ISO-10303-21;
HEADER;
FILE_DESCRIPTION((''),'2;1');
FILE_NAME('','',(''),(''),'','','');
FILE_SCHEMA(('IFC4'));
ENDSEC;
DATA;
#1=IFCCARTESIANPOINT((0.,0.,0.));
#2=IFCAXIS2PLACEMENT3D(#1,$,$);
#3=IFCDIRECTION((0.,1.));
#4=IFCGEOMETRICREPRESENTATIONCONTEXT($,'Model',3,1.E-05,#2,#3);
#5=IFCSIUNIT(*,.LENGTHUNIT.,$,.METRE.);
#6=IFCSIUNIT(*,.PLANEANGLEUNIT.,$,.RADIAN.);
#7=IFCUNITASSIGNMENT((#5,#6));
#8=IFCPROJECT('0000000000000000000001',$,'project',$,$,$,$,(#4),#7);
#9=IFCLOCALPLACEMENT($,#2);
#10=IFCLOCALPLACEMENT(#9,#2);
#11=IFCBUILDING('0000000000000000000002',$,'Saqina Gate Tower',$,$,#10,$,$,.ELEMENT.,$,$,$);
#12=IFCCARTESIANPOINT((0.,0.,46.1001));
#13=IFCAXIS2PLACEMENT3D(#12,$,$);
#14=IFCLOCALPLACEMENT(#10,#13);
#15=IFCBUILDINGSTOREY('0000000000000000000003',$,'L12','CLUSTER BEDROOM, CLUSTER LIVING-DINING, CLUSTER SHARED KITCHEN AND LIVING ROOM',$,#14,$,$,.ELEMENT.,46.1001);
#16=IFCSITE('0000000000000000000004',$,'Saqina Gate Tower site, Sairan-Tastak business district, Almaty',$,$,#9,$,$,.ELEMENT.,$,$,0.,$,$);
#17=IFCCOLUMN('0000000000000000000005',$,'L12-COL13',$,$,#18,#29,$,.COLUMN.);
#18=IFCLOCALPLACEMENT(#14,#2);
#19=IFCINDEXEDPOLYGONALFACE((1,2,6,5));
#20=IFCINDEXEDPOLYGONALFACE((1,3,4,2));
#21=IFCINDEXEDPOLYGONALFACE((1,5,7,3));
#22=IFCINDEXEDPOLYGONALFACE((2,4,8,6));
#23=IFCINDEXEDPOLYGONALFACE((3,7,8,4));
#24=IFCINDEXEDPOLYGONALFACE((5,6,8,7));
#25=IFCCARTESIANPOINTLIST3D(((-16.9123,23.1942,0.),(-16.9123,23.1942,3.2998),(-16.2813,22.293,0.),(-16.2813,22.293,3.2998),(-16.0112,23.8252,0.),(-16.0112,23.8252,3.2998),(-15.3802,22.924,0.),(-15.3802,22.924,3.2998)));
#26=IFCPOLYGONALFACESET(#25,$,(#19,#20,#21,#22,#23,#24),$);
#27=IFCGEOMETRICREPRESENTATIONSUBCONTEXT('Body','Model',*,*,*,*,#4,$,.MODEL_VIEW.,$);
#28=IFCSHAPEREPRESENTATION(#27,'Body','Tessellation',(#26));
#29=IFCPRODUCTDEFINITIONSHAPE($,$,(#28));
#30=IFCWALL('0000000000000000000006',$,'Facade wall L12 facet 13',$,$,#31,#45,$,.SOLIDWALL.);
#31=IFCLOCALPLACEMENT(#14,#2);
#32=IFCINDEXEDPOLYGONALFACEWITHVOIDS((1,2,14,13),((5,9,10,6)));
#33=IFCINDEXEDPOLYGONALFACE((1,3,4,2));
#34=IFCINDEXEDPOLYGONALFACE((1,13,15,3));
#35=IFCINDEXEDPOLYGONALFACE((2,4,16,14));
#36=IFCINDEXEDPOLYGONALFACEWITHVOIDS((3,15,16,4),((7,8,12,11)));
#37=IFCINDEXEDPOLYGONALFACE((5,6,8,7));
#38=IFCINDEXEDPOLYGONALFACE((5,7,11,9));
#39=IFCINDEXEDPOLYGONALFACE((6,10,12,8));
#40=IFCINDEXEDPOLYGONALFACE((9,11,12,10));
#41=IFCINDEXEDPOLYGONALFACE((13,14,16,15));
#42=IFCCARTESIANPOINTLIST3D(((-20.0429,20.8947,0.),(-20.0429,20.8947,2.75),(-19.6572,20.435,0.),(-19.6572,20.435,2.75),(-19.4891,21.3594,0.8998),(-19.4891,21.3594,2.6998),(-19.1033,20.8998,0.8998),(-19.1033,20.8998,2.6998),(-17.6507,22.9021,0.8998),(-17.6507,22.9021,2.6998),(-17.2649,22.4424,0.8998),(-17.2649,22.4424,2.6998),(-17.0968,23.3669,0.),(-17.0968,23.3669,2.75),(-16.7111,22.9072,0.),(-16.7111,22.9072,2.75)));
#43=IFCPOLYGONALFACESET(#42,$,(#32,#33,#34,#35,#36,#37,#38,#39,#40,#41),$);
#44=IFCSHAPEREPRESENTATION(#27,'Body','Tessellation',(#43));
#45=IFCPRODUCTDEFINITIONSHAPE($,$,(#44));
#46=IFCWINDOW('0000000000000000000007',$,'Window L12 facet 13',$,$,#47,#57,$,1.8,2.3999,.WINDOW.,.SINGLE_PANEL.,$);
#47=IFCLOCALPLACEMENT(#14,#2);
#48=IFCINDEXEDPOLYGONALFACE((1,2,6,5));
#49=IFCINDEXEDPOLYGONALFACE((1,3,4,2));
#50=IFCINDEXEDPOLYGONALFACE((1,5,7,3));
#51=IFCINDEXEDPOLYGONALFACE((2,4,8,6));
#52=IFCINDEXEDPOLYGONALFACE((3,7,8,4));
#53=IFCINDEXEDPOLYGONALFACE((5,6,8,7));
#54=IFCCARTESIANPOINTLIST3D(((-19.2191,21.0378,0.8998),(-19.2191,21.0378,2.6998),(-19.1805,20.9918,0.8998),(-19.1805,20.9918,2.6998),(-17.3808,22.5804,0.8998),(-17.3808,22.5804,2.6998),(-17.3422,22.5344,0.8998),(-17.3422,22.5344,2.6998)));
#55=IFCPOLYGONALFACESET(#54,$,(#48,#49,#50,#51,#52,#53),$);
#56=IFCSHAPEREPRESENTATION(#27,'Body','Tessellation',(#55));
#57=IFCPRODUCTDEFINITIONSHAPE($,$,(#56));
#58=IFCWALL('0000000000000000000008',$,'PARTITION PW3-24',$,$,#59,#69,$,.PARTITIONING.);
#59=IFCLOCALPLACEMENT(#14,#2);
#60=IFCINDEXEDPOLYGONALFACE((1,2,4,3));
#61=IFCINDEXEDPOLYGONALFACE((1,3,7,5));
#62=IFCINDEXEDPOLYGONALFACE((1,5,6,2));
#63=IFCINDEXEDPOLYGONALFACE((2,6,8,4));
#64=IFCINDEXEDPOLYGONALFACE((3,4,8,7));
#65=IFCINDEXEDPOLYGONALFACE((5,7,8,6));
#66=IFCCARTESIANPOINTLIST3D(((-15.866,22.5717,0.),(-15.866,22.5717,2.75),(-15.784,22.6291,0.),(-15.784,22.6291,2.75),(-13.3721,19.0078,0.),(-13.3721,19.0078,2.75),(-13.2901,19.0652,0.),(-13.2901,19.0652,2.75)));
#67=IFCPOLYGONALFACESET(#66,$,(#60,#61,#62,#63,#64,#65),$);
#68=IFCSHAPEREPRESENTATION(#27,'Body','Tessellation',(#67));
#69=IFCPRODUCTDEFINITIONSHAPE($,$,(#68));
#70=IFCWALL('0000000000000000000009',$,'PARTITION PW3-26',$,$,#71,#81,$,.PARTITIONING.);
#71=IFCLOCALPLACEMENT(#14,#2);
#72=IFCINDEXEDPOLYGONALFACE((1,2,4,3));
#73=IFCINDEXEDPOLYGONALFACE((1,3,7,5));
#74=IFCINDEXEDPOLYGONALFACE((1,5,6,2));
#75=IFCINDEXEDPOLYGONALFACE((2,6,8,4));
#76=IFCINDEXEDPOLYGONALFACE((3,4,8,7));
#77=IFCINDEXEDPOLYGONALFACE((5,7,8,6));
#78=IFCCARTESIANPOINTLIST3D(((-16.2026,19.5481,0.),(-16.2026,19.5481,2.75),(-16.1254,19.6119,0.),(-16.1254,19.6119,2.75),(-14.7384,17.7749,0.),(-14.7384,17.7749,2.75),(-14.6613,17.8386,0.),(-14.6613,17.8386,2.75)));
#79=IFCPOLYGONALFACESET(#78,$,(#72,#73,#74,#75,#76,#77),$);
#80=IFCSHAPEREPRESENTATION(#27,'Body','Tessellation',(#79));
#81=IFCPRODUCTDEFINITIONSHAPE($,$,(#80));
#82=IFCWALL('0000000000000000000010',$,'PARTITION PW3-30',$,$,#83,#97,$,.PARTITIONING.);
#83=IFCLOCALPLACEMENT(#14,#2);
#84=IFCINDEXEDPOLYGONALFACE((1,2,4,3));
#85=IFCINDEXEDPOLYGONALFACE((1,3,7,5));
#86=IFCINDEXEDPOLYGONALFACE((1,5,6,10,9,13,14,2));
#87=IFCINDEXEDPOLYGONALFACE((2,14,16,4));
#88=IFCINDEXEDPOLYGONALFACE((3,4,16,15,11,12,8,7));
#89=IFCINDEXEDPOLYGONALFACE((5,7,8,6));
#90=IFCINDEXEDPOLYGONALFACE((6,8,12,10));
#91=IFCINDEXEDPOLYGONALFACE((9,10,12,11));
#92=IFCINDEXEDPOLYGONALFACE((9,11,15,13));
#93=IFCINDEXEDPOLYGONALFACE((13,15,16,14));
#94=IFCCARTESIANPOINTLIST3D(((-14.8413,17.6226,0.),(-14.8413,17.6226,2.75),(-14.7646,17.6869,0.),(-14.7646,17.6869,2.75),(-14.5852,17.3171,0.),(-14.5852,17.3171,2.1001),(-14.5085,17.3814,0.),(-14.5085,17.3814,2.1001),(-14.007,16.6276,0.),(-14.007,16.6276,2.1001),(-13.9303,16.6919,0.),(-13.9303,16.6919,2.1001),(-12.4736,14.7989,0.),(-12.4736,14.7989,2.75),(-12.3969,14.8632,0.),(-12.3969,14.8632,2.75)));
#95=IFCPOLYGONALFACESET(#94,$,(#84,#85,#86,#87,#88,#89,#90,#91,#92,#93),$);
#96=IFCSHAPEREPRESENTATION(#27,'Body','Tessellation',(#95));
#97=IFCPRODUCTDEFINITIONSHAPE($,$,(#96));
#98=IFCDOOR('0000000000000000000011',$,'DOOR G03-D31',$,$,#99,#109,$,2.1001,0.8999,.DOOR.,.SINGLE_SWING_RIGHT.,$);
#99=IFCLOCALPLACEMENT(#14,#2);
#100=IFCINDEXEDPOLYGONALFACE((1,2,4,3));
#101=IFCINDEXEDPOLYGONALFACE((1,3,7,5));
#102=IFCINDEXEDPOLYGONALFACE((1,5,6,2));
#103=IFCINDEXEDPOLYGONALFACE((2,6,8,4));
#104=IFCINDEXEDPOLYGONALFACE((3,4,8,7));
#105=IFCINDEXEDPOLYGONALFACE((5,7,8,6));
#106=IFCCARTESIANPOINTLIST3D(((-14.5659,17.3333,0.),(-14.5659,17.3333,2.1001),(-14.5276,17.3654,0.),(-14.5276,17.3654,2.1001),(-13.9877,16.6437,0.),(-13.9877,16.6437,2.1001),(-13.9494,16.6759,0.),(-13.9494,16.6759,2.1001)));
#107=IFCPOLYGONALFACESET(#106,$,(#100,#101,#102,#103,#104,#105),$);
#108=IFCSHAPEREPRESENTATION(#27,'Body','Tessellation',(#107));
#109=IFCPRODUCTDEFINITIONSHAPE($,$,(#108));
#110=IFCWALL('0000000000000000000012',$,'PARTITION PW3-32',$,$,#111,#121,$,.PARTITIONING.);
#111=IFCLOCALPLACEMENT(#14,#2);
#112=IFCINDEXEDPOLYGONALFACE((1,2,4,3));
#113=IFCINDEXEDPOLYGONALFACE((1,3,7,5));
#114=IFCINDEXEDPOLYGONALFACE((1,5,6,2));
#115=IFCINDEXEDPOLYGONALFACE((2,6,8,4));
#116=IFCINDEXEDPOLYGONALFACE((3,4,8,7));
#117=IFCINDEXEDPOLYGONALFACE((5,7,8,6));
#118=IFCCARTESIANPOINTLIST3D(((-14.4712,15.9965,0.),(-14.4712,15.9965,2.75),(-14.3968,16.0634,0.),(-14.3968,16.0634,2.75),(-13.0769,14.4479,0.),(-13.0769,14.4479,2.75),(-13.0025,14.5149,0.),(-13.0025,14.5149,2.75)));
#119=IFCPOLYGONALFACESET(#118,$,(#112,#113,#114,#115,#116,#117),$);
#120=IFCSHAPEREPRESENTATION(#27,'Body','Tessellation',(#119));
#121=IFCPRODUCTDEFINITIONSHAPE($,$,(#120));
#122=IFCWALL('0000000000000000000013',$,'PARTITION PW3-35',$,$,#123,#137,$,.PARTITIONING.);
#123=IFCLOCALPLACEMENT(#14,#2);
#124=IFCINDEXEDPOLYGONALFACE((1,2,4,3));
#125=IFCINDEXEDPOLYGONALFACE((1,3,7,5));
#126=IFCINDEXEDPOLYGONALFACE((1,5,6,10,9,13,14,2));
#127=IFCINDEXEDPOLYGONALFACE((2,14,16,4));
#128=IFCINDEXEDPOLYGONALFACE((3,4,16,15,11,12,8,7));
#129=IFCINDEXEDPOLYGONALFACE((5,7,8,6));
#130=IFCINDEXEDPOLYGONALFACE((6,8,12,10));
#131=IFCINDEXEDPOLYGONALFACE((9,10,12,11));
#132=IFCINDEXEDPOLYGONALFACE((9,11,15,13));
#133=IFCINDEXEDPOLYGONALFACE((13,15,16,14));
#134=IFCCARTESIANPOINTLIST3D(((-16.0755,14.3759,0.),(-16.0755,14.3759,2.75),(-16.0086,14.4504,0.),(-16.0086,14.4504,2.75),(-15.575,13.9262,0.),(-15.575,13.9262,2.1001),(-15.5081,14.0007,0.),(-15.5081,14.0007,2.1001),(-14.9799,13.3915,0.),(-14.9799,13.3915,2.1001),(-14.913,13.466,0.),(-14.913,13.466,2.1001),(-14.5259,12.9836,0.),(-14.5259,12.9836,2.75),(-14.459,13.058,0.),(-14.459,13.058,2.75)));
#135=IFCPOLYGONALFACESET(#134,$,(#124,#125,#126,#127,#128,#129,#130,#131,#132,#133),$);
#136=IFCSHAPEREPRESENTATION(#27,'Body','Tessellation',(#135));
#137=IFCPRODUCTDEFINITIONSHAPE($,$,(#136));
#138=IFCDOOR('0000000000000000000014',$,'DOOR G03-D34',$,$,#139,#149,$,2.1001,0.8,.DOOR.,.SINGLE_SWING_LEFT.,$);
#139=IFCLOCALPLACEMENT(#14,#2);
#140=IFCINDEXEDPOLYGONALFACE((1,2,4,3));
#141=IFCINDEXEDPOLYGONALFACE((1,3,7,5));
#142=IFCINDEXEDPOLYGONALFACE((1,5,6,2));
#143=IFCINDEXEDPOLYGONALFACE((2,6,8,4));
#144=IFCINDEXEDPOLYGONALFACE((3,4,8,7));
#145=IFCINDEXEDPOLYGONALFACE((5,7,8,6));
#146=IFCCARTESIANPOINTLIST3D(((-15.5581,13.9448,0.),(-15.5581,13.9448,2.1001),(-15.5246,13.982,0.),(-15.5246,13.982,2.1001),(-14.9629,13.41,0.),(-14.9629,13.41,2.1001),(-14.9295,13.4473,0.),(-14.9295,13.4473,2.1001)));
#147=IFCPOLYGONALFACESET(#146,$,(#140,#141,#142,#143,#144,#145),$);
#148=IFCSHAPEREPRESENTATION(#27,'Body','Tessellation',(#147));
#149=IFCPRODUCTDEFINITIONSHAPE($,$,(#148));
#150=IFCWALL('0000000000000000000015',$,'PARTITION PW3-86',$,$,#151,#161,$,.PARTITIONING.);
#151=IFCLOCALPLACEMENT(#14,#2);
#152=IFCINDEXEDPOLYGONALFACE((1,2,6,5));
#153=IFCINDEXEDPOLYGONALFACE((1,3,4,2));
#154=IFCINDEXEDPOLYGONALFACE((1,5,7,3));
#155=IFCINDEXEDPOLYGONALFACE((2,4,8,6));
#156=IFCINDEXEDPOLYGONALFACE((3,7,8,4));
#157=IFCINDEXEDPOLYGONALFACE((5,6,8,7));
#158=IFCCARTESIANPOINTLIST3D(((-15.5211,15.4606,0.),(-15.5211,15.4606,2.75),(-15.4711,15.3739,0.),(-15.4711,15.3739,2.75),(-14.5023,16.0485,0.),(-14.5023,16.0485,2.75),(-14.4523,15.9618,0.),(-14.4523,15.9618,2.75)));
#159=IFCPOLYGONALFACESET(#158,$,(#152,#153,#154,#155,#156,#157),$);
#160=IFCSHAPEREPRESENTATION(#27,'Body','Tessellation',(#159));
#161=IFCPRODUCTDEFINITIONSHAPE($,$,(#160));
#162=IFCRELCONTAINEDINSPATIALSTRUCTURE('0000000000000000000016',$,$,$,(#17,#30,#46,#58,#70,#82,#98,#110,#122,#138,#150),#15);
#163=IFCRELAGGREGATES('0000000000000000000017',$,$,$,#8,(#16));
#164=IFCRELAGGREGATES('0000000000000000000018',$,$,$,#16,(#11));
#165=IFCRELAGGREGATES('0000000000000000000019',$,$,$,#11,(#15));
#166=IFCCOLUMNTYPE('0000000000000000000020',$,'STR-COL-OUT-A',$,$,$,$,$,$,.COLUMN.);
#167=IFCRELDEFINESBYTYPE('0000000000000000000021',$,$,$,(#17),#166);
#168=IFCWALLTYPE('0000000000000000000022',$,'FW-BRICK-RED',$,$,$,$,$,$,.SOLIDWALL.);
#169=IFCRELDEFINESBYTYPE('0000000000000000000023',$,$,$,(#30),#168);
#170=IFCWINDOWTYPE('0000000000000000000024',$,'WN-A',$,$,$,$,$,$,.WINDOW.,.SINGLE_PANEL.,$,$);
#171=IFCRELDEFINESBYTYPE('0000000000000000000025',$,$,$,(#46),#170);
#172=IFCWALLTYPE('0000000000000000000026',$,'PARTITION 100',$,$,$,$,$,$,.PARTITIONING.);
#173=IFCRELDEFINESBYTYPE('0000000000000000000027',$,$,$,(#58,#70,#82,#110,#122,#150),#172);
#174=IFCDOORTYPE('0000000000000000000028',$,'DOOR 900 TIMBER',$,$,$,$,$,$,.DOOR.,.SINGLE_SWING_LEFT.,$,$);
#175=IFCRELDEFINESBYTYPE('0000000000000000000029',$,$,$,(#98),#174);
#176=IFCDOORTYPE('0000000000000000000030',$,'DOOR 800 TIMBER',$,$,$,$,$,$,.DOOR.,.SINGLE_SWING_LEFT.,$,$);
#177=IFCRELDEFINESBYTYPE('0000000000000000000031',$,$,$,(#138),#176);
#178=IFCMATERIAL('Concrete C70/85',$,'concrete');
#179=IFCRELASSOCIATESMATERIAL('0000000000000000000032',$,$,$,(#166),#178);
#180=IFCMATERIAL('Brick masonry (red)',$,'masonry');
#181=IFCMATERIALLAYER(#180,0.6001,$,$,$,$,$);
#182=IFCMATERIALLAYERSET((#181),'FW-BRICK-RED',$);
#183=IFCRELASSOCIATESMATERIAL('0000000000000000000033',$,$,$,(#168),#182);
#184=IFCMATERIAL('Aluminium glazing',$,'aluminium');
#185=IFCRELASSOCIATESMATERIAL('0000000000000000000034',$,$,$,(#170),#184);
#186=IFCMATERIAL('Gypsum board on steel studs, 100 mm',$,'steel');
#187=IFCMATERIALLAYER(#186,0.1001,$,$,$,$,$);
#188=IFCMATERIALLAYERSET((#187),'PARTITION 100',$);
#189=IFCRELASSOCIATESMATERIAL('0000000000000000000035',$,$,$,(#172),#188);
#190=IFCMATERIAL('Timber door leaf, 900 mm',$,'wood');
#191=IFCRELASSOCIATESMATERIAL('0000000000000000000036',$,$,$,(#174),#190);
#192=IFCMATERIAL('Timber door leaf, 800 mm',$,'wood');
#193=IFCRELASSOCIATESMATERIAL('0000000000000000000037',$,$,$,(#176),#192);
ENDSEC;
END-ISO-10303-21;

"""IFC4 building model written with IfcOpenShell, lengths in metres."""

from ifc_helpers import new_model, si_unit, direction, frame, frame_2d, origin, origin_2d, place, context, subcontext, project, spatial, rectangle, extrude, material, layer, layer_set, material_profile, profile_set, type_object, element, fill, save


model = new_model("IFC4")

# Units and contexts
model_context = context("Model", 3, precision=1e-05, world=origin(), true_north=direction((0.0, 1.0)))
body_context = subcontext(model_context, "Body", "Model", "MODEL_VIEW")
ifc_project = project(units=[si_unit("LENGTHUNIT", "METRE"), si_unit("PLANEANGLEUNIT", "RADIAN")], contexts=[model_context])

# Site, building, storey
site_placement = place(None, origin())
site = spatial("IfcSite", under=ifc_project, at=site_placement, Name="Saqina Gate Tower site, Sairan-Tastak business district, Almaty", CompositionType="ELEMENT", RefElevation=0.0)
building_placement = place(site_placement, origin())
building = spatial("IfcBuilding", under=site, at=building_placement, Name="Saqina Gate Tower", CompositionType="ELEMENT")
storey_placement = place(building_placement, frame((0.0, 0.0, 46.1001)))
storey = spatial("IfcBuildingStorey", under=building, at=storey_placement, Name="L12", Description="CLUSTER BEDROOM, CLUSTER LIVING-DINING, CLUSTER SHARED KITCHEN AND LIVING ROOM", CompositionType="ELEMENT", Elevation=46.1001)

# Column
ifc_material_1 = material(Name="Concrete C70/85", Category="concrete")
ifc_material_profile = material_profile(ifc_material_1, rectangle(XDim=1.1001, YDim=1.1001, at=origin_2d()), Name="RC 1100x1100")
ifc_profile_set = profile_set([ifc_material_profile], Name="Concrete C70/85")
column_type = type_object("IfcColumnType", Name="STR-COL-OUT-A", PredefinedType="COLUMN", material=ifc_profile_set)
column_placement = place(storey_placement, frame((-16.1462, 23.0591, 0.0), z_axis=(0.0, 0.0, 1.0), x_axis=(-0.573576, 0.819152, 0.0)))
element("IfcColumn", 1, at=column_placement, inside=storey, type_object=column_type, Name="L12-COL13", PredefinedType="COLUMN", context=body_context, shape_type="SweptSolid", body=[
    extrude(rectangle(XDim=1.1001, YDim=1.1001, at=origin_2d()), origin(), (0.0, 0.0, 1.0), 3.2998),
])

# Wall, opening, window
ifc_material_2 = material(Name="Brick masonry (red)", Category="masonry")
ifc_layer_1 = layer(ifc_material_2, 0.6001)
ifc_layer_set_1 = layer_set([ifc_layer_1], Name="FW-BRICK-RED")
wall_type_1 = type_object("IfcWallType", Name="FW-BRICK-RED", PredefinedType="SOLIDWALL", material=ifc_layer_set_1)
wall_1_placement = place(storey_placement, frame((-16.9041, 23.137, 0.0), z_axis=(0.0, 0.0, 1.0), x_axis=(-0.766026, -0.642809, 0.0)))
wall_1 = element("IfcWall", 2, at=wall_1_placement, inside=storey, type_object=wall_type_1, Name="Facade wall L12 facet 13", PredefinedType="SOLIDWALL", context=body_context, shape_type="SweptSolid", body=[
    extrude(rectangle(XDim=3.8459, YDim=0.6001, at=frame_2d((1.9229, 0.0))), origin(), (0.0, 0.0, 1.0), 2.75),
])
opening_1_placement = place(wall_1_placement, frame((0.7229, 0.0, 0.8999)))
opening_1 = element("IfcOpeningElement", 3, at=opening_1_placement, cuts=wall_1, PredefinedType="OPENING", context=body_context, shape_type="SweptSolid", body=[
    extrude(rectangle(XDim=2.3999, YDim=1.8, at=frame_2d((1.2, 0.8999))), frame((0.0, 0.312, 0.0), z_axis=(0.0, -1.0, 0.0), x_axis=(1.0, 0.0, 0.0)), (0.0, 0.0, 1.0), 0.624),
])
ifc_material_3 = material(Name="Aluminium glazing", Category="aluminium")
window_type = type_object("IfcWindowType", Name="WN-A", PartitioningType="SINGLE_PANEL", PredefinedType="WINDOW", material=ifc_material_3)
window_placement = place(opening_1_placement, origin())
window = element("IfcWindow", 4, at=window_placement, inside=storey, type_object=window_type, Name="Window L12 facet 13", OverallHeight=1.8, OverallWidth=2.3999, PartitioningType="SINGLE_PANEL", PredefinedType="WINDOW", context=body_context, shape_type="SweptSolid", body=[
    extrude(rectangle(XDim=2.3999, YDim=1.8, at=frame_2d((1.2, 0.8999))), frame((0.0, 0.1799, 0.0), z_axis=(0.0, -1.0, 0.0), x_axis=(1.0, 0.0, 0.0)), (0.0, 0.0, 1.0), 0.0601),
])
fill(opening_1, window)

# Walls
ifc_material_4 = material(Name="Gypsum board on steel studs, 100 mm", Category="steel")
ifc_layer_2 = layer(ifc_material_4, 0.1001)
ifc_layer_set_2 = layer_set([ifc_layer_2], Name="PARTITION 100")
wall_type_2 = type_object("IfcWallType", Name="PARTITION 100", PredefinedType="PARTITIONING", material=ifc_layer_set_2)
wall_2_placement = place(storey_placement, frame((-15.825, 22.6003, 0.0), z_axis=(0.0, 0.0, 1.0), x_axis=(0.573327, -0.819327, 0.0)))
element("IfcWall", 5, at=wall_2_placement, inside=storey, type_object=wall_type_2, Name="PARTITION PW3-24", PredefinedType="PARTITIONING", context=body_context, shape_type="SweptSolid", body=[
    extrude(rectangle(XDim=4.3499, YDim=0.1001, at=frame_2d((2.1748, 0.0))), origin(), (0.0, 0.0, 1.0), 2.75),
])
wall_3_placement = place(storey_placement, frame((-16.1641, 19.5801, 0.0), z_axis=(0.0, 0.0, 1.0), x_axis=(0.6367, -0.771111, 0.0)))
element("IfcWall", 6, at=wall_3_placement, inside=storey, type_object=wall_type_2, Name="PARTITION PW3-26", PredefinedType="PARTITIONING", context=body_context, shape_type="SweptSolid", body=[
    extrude(rectangle(XDim=2.2996, YDim=0.1001, at=frame_2d((1.1499, 0.0))), origin(), (0.0, 0.0, 1.0), 2.75),
])

# Wall, opening, door
wall_4_placement = place(storey_placement, frame((-14.803, 17.6548, 0.0), z_axis=(0.0, 0.0, 1.0), x_axis=(0.642514, -0.766274, 0.0)))
wall_4 = element("IfcWall", 7, at=wall_4_placement, inside=storey, type_object=wall_type_2, Name="PARTITION PW3-30", PredefinedType="PARTITIONING", context=body_context, shape_type="SweptSolid", body=[
    extrude(rectangle(XDim=3.6851, YDim=0.1001, at=frame_2d((1.8425, 0.0))), origin(), (0.0, 0.0, 1.0), 2.75),
])
opening_2_placement = place(wall_4_placement, frame((0.3987, 0.0, 0.0)))
opening_2 = element("IfcOpeningElement", 8, at=opening_2_placement, cuts=wall_4, PredefinedType="OPENING", context=body_context, shape_type="SweptSolid", body=[
    extrude(rectangle(XDim=0.8999, YDim=2.1001, at=frame_2d((0.45, 1.05))), frame((0.0, 0.062, 0.0), z_axis=(0.0, -1.0, 0.0), x_axis=(1.0, 0.0, 0.0)), (0.0, 0.0, 1.0), 0.124),
])
ifc_material_5 = material(Name="Timber door leaf, 900 mm", Category="wood")
door_type_1 = type_object("IfcDoorType", Name="DOOR 900 TIMBER", OperationType="SINGLE_SWING_LEFT", PredefinedType="DOOR", material=ifc_material_5)
door_1_placement = place(opening_2_placement, frame((0.8999, 0.0, 0.0), z_axis=(0.0, 0.0, 1.0), x_axis=(-1.0, 0.0, 0.0)))
door_1 = element("IfcDoor", 9, at=door_1_placement, inside=storey, type_object=door_type_1, Name="DOOR G03-D31", OperationType="SINGLE_SWING_RIGHT", OverallHeight=2.1001, OverallWidth=0.8999, PredefinedType="DOOR", context=body_context, shape_type="SweptSolid", body=[
    extrude(rectangle(XDim=0.8999, YDim=2.1001, at=frame_2d((0.45, 1.05))), frame((0.0, 0.0249, 0.0), z_axis=(0.0, -1.0, 0.0), x_axis=(1.0, 0.0, 0.0)), (0.0, 0.0, 1.0), 0.05),
])
fill(opening_2, door_1)

# Wall
wall_5_placement = place(storey_placement, frame((-14.4341, 16.03, 0.0), z_axis=(0.0, 0.0, 1.0), x_axis=(0.669114, -0.74316, 0.0)))
element("IfcWall", 10, at=wall_5_placement, inside=storey, type_object=wall_type_2, Name="PARTITION PW3-32", PredefinedType="PARTITIONING", context=body_context, shape_type="SweptSolid", body=[
    extrude(rectangle(XDim=2.0837, YDim=0.1001, at=frame_2d((1.042, 0.0))), origin(), (0.0, 0.0, 1.0), 2.75),
])

# Wall, opening, door
wall_6_placement = place(storey_placement, frame((-16.042, 14.4131, 0.0), z_axis=(0.0, 0.0, 1.0), x_axis=(0.743836, -0.668362, 0.0)))
wall_6 = element("IfcWall", 11, at=wall_6_placement, inside=storey, type_object=wall_type_2, Name="PARTITION PW3-35", PredefinedType="PARTITIONING", context=body_context, shape_type="SweptSolid", body=[
    extrude(rectangle(XDim=2.0833, YDim=0.1001, at=frame_2d((1.0415, 0.0))), origin(), (0.0, 0.0, 1.0), 2.75),
])
opening_3_placement = place(wall_6_placement, frame((0.6729, 0.0, 0.0)))
opening_3 = element("IfcOpeningElement", 12, at=opening_3_placement, cuts=wall_6, PredefinedType="OPENING", context=body_context, shape_type="SweptSolid", body=[
    extrude(rectangle(XDim=0.8, YDim=2.1001, at=frame_2d((0.3999, 1.05))), frame((0.0, 0.062, 0.0), z_axis=(0.0, -1.0, 0.0), x_axis=(1.0, 0.0, 0.0)), (0.0, 0.0, 1.0), 0.124),
])
ifc_material_6 = material(Name="Timber door leaf, 800 mm", Category="wood")
door_type_2 = type_object("IfcDoorType", Name="DOOR 800 TIMBER", OperationType="SINGLE_SWING_LEFT", PredefinedType="DOOR", material=ifc_material_6)
door_2_placement = place(opening_3_placement, frame((0.8, 0.0, 0.0), z_axis=(0.0, 0.0, 1.0), x_axis=(-1.0, 0.0, 0.0)))
door_2 = element("IfcDoor", 13, at=door_2_placement, inside=storey, type_object=door_type_2, Name="DOOR G03-D34", OperationType="SINGLE_SWING_LEFT", OverallHeight=2.1001, OverallWidth=0.8, PredefinedType="DOOR", context=body_context, shape_type="SweptSolid", body=[
    extrude(rectangle(XDim=0.8, YDim=2.1001, at=frame_2d((0.3999, 1.05))), frame((0.0, 0.0249, 0.0), z_axis=(0.0, -1.0, 0.0), x_axis=(1.0, 0.0, 0.0)), (0.0, 0.0, 1.0), 0.05),
])
fill(opening_3, door_2)

# Wall
wall_7_placement = place(storey_placement, frame((-15.4961, 15.4172, 0.0), z_axis=(0.0, 0.0, 1.0), x_axis=(0.866141, 0.4998, 0.0)))
element("IfcWall", 14, at=wall_7_placement, inside=storey, type_object=wall_type_2, Name="PARTITION PW3-86", PredefinedType="PARTITIONING", context=body_context, shape_type="SweptSolid", body=[
    extrude(rectangle(XDim=1.1763, YDim=0.1001, at=frame_2d((0.5881, 0.0))), origin(), (0.0, 0.0, 1.0), 2.75),
])

save(model, "model.ifc")
